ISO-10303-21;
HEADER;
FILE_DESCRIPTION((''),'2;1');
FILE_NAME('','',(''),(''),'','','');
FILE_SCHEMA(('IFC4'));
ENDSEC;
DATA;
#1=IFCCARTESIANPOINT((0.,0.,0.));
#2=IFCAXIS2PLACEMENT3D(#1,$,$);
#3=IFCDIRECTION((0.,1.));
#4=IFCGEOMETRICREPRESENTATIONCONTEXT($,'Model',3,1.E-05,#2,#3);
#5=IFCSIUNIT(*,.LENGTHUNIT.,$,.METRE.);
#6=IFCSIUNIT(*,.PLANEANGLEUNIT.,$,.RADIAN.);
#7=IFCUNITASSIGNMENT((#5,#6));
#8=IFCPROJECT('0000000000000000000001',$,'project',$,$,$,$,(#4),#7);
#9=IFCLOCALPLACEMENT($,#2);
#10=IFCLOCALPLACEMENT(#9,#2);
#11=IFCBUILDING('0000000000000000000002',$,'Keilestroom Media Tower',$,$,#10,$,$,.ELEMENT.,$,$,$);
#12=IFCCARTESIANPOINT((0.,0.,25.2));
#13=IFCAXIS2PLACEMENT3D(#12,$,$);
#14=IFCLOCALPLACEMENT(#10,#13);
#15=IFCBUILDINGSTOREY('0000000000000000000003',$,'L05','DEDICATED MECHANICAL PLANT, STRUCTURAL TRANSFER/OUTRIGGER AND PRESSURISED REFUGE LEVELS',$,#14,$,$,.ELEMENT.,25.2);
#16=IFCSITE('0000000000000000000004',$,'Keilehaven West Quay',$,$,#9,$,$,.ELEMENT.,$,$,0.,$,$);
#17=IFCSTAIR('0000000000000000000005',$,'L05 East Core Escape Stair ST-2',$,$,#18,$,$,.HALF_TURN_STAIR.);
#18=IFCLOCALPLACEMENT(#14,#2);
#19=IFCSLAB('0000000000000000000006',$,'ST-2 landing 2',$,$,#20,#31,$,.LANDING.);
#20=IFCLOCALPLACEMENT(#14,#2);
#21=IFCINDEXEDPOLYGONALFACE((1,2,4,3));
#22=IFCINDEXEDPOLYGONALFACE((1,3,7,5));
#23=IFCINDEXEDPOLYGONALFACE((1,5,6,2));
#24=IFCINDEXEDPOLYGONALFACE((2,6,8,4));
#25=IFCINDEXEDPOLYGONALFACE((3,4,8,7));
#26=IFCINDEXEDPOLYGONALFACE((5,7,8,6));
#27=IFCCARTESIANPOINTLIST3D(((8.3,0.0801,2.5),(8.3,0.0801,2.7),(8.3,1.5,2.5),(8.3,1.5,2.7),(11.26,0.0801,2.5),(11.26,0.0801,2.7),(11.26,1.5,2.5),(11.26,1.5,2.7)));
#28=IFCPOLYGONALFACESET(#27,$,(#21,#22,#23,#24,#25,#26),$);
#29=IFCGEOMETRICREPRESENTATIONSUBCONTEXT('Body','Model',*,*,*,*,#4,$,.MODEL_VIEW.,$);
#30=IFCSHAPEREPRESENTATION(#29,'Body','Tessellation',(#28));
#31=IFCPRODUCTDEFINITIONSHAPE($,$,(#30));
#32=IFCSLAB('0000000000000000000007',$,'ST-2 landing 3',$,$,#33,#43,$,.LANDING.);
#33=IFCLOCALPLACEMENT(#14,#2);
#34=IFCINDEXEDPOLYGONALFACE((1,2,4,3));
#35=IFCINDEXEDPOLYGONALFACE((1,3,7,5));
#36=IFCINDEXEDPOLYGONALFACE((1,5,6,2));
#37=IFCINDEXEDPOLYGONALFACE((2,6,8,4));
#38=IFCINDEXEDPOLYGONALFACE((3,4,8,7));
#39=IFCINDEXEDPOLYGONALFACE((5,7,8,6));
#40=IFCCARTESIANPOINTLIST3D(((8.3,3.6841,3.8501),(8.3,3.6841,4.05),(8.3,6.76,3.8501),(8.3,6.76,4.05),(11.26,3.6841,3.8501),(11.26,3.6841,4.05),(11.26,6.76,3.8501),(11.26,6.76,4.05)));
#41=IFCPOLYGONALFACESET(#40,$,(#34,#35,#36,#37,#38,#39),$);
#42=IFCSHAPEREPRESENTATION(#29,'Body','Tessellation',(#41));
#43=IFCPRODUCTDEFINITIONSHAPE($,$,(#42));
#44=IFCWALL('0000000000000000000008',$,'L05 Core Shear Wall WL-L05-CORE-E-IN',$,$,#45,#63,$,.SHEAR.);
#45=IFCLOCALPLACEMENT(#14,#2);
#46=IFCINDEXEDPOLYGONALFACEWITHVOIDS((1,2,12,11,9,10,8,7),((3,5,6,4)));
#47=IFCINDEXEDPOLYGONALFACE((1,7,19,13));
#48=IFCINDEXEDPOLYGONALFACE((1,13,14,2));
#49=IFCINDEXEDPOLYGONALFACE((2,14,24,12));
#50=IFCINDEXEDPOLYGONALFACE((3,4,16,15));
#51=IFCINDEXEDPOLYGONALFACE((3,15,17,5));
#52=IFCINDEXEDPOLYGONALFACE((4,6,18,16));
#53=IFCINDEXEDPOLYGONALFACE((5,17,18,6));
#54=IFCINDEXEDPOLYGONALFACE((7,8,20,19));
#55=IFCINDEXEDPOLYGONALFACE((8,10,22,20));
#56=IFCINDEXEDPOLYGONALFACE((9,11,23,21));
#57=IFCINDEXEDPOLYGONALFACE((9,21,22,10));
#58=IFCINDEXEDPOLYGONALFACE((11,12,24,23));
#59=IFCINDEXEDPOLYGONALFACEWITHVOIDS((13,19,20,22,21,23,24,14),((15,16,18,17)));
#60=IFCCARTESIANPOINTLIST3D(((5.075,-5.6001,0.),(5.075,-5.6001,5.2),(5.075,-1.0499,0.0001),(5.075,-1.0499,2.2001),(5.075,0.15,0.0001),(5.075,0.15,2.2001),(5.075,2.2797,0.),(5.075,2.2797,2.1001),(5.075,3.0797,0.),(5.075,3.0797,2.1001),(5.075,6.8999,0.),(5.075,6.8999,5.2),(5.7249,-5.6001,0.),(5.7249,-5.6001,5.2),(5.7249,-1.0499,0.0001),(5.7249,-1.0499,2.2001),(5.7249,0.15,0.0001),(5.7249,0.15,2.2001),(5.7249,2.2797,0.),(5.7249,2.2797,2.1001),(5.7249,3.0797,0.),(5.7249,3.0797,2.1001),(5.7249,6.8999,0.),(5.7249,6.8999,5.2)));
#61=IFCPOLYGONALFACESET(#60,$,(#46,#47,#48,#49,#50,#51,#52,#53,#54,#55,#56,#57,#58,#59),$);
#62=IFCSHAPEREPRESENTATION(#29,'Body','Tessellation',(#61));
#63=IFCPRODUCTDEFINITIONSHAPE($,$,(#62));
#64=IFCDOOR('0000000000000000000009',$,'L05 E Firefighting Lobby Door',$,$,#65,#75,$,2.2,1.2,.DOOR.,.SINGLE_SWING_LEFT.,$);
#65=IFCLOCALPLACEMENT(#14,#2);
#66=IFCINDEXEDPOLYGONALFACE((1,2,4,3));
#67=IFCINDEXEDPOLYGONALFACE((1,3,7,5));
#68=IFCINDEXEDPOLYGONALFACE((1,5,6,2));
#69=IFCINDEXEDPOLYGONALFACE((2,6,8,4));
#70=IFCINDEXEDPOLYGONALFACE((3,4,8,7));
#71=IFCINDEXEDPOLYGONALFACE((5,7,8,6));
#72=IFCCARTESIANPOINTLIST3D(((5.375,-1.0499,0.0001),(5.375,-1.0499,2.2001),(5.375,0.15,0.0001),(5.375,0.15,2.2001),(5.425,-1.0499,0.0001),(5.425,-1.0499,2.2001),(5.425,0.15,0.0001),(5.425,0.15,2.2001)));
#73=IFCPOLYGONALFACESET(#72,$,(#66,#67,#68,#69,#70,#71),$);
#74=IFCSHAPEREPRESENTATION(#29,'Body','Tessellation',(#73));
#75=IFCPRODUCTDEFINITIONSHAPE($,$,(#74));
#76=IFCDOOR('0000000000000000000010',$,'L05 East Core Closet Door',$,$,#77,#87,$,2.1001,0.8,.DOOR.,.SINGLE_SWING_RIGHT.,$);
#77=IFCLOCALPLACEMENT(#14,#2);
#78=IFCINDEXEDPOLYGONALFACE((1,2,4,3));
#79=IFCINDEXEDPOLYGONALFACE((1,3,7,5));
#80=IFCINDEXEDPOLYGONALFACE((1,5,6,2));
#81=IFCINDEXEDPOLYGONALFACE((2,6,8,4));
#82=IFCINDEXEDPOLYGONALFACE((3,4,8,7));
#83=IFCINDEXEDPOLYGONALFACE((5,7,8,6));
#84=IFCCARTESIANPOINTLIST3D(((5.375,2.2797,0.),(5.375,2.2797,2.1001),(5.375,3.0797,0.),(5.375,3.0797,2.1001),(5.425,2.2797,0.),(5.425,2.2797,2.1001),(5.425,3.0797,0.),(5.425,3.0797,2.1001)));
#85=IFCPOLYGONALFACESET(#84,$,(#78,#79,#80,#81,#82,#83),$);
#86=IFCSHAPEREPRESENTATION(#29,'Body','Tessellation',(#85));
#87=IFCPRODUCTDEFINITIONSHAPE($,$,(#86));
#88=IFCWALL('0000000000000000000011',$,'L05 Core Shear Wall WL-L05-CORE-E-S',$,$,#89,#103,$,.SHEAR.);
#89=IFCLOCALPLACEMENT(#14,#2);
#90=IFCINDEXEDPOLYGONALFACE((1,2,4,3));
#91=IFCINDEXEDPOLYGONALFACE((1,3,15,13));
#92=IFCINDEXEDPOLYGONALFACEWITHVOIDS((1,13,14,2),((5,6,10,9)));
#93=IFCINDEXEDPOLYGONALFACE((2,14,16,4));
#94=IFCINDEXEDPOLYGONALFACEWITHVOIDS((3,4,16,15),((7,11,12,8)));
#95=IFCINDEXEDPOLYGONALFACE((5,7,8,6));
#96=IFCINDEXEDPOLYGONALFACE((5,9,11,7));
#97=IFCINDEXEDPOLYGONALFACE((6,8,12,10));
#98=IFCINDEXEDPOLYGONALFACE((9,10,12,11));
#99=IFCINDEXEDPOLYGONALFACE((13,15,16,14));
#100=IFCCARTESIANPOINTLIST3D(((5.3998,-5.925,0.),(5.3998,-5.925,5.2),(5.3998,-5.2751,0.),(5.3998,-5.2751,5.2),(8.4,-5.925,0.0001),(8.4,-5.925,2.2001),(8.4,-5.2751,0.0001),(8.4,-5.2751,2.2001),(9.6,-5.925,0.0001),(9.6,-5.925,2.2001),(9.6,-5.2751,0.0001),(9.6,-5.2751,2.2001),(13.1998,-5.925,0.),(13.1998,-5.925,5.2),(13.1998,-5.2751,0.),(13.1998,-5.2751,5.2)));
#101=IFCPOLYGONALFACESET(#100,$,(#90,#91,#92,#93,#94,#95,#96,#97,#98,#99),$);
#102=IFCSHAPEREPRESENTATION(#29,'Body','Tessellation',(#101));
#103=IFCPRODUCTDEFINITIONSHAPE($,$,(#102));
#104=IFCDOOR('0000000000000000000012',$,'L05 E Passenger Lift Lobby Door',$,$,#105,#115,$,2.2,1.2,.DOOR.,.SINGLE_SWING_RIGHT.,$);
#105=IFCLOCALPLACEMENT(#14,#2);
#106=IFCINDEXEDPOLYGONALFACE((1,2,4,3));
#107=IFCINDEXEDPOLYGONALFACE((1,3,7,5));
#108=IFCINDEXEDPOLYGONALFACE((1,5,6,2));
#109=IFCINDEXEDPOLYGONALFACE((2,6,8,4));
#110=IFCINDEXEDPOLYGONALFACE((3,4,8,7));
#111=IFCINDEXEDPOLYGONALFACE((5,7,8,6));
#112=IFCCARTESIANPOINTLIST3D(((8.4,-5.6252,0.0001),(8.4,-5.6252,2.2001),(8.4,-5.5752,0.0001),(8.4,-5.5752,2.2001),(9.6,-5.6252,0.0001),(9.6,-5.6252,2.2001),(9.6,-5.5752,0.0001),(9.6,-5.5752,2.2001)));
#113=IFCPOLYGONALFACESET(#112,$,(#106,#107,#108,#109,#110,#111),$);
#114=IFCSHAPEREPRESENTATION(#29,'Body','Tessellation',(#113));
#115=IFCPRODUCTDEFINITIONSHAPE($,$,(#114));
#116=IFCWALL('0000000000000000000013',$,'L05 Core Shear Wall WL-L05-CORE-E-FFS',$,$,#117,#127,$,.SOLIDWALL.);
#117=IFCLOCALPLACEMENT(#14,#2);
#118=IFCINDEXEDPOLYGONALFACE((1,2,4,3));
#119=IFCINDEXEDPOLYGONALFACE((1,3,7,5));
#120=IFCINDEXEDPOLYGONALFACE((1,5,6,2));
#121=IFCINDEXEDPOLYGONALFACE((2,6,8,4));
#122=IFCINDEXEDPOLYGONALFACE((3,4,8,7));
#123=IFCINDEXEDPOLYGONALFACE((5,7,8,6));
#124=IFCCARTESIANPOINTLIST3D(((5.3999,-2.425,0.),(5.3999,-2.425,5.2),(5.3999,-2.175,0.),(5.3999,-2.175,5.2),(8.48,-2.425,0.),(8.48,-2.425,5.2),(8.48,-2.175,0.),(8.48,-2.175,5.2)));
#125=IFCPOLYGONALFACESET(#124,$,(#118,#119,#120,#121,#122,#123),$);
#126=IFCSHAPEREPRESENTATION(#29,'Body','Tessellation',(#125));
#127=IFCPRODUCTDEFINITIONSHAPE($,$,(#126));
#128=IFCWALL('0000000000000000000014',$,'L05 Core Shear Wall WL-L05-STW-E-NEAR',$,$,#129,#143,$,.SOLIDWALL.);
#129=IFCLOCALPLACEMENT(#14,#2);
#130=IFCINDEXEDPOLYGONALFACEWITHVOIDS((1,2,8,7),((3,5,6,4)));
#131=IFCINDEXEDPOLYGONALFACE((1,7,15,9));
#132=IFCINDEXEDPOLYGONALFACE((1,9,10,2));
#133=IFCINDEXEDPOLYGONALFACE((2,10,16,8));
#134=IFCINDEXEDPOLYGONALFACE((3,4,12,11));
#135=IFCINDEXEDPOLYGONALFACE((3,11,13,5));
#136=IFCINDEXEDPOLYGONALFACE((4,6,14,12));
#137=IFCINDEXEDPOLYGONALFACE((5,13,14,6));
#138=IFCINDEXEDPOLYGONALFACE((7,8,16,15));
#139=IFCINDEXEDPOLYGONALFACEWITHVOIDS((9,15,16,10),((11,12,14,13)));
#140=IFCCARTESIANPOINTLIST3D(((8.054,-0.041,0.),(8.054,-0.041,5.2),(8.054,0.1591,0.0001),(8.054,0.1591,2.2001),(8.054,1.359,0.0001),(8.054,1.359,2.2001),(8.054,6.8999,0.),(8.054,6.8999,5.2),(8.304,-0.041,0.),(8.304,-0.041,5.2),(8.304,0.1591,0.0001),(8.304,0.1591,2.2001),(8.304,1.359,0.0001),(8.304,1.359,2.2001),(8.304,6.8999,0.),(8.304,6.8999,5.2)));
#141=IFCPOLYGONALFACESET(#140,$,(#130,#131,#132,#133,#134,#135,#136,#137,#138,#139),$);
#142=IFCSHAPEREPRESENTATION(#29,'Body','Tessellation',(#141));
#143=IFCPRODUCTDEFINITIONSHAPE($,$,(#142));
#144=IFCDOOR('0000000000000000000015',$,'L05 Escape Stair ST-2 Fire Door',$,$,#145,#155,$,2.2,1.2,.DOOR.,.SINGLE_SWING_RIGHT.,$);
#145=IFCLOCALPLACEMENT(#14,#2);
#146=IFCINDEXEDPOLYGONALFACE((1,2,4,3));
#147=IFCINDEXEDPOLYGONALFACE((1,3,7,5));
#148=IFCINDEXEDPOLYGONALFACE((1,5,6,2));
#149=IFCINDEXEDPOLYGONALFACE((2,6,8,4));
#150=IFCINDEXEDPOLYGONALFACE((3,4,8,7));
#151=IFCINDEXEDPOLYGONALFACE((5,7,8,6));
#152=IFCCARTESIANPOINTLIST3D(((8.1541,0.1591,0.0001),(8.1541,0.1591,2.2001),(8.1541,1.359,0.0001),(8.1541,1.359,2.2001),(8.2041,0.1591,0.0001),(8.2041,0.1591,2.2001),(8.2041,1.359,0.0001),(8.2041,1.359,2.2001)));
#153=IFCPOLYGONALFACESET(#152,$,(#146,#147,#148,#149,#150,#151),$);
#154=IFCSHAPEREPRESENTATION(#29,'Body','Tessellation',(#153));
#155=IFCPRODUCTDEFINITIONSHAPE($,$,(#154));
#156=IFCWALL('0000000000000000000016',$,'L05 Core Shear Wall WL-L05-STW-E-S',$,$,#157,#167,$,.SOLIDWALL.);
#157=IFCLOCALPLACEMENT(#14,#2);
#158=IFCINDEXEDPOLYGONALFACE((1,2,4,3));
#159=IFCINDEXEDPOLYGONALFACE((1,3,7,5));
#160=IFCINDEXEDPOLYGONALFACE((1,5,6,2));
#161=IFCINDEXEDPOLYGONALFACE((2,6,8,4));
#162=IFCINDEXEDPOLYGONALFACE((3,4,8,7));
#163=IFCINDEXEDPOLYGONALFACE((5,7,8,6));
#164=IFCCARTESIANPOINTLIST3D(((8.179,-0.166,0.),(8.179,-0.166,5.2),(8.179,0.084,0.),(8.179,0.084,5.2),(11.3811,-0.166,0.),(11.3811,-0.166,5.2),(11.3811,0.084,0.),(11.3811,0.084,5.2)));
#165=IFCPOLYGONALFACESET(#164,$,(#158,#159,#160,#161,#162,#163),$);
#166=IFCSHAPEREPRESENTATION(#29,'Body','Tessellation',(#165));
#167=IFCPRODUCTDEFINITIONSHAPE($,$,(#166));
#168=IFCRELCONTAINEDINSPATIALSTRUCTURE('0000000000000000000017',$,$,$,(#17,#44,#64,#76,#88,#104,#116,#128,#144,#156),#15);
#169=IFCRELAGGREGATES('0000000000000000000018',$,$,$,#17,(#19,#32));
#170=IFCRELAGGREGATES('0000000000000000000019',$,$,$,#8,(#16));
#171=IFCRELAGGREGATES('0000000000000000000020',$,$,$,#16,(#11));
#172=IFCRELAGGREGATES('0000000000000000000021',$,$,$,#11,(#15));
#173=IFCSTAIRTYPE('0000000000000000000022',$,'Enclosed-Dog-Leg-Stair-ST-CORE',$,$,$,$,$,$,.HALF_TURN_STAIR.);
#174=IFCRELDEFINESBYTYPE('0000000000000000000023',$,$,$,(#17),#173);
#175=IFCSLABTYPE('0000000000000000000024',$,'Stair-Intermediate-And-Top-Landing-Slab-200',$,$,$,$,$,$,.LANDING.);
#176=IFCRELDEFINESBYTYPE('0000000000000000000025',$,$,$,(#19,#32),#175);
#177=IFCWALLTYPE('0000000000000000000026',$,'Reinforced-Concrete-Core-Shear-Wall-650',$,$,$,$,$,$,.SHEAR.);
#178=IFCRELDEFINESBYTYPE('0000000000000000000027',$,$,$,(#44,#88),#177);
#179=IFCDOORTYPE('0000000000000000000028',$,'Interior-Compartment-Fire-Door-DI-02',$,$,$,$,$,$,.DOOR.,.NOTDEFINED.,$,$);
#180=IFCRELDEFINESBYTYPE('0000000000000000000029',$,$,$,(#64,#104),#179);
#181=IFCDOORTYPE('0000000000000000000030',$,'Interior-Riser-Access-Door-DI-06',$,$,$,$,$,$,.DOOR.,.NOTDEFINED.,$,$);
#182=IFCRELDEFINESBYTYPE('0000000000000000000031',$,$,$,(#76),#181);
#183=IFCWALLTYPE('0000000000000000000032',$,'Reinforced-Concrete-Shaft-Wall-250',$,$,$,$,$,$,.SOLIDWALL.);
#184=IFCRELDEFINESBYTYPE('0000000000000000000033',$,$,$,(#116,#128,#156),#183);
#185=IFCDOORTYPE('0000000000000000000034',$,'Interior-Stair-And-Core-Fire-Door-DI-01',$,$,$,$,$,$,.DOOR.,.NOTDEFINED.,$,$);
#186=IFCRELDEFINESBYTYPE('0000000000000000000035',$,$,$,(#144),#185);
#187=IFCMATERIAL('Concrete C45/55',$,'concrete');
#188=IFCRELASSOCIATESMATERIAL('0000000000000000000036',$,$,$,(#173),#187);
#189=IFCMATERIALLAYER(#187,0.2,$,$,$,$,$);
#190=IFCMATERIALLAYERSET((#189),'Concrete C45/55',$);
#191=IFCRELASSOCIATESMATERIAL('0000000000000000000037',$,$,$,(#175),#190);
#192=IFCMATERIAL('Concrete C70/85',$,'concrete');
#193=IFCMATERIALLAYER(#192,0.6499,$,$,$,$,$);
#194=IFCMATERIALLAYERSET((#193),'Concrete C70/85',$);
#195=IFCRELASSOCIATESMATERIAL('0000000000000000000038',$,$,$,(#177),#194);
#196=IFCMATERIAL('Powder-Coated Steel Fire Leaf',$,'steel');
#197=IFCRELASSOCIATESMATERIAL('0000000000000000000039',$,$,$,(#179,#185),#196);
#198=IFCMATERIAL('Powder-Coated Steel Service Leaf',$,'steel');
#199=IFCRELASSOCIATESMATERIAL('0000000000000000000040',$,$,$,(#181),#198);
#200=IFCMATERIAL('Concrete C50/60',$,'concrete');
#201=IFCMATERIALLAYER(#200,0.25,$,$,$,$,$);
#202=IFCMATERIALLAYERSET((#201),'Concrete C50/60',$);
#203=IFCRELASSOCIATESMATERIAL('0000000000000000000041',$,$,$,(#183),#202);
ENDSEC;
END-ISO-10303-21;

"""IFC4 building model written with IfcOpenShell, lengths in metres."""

from ifc_helpers import new_model, si_unit, direction, frame, frame_2d, origin, place, context, subcontext, project, spatial, polyline, rectangle, outline, extrude, source, transform, mapped, material, layer, layer_set, type_object, element, fill, aggregate, save


model = new_model("IFC4")

# Units and contexts
model_context = context("Model", 3, precision=1e-05, world=origin(), true_north=direction((0.0, 1.0)))
body_context = subcontext(model_context, "Body", "Model", "MODEL_VIEW")
ifc_project = project(units=[si_unit("LENGTHUNIT", "METRE"), si_unit("PLANEANGLEUNIT", "RADIAN")], contexts=[model_context])

# Site, building, storey
site_placement = place(None, origin())
site = spatial("IfcSite", under=ifc_project, at=site_placement, Name="Keilehaven West Quay", CompositionType="ELEMENT", RefElevation=0.0)
building_placement = place(site_placement, origin())
building = spatial("IfcBuilding", under=site, at=building_placement, Name="Keilestroom Media Tower", CompositionType="ELEMENT")
storey_placement = place(building_placement, frame((0.0, 0.0, 25.2)))
storey = spatial("IfcBuildingStorey", under=building, at=storey_placement, Name="L05", Description="DEDICATED MECHANICAL PLANT, STRUCTURAL TRANSFER/OUTRIGGER AND PRESSURISED REFUGE LEVELS", CompositionType="ELEMENT", Elevation=25.2)

# Shared definitions
ifc_material_1 = material(Name="Concrete C70/85", Category="concrete")

# Stair, slabs
ifc_material_2 = material(Name="Concrete C45/55", Category="concrete")
stair_type = type_object("IfcStairType", Name="Enclosed-Dog-Leg-Stair-ST-CORE", PredefinedType="HALF_TURN_STAIR", material=ifc_material_2)
ifc_layer_1 = layer(ifc_material_2, 0.2)
ifc_layer_set_1 = layer_set([ifc_layer_1], Name="Concrete C45/55")
slab_type = type_object("IfcSlabType", Name="Stair-Intermediate-And-Top-Landing-Slab-200", PredefinedType="LANDING", material=ifc_layer_set_1)
stair_1_placement = place(storey_placement, origin())
stair_1 = element("IfcStair", 1, at=stair_1_placement, inside=storey, type_object=stair_type, Name="L05 East Core Escape Stair ST-2", PredefinedType="HALF_TURN_STAIR")
slab_1_placement = place(storey_placement, frame((0.0, 0.0, 2.5)))
slab_1 = element("IfcSlab", 2, at=slab_1_placement, type_object=slab_type, Name="ST-2 landing 2", PredefinedType="LANDING", context=body_context, shape_type="SweptSolid", body=[
    extrude(outline(polyline([(11.26, 0.0801), (11.26, 1.5), (8.3, 1.5), (8.3, 0.0801), (11.26, 0.0801)])), origin(), (0.0, 0.0, 1.0), 0.2),
])
slab_2_placement = place(storey_placement, frame((0.0, 0.0, 3.8501)))
slab_2 = element("IfcSlab", 3, at=slab_2_placement, type_object=slab_type, Name="ST-2 landing 3", PredefinedType="LANDING", context=body_context, shape_type="SweptSolid", body=[
    extrude(outline(polyline([(11.26, 3.6841), (11.26, 6.76), (8.3, 6.76), (8.3, 3.6841), (11.26, 3.6841)])), origin(), (0.0, 0.0, 1.0), 0.2),
])
aggregate(stair_1, [slab_1, slab_2])

# Wall, openings, doors
ifc_layer_2 = layer(ifc_material_1, 0.6499)
ifc_layer_set_2 = layer_set([ifc_layer_2], Name="Concrete C70/85")
wall_type_1 = type_object("IfcWallType", Name="Reinforced-Concrete-Core-Shear-Wall-650", PredefinedType="SHEAR", material=ifc_layer_set_2)
wall_1_placement = place(storey_placement, frame((5.3999, -5.6001, 0.0), z_axis=(0.0, 0.0, 1.0), x_axis=(0.0, 1.0, 0.0)))
wall_1 = element("IfcWall", 4, at=wall_1_placement, inside=storey, type_object=wall_type_1, Name="L05 Core Shear Wall WL-L05-CORE-E-IN", PredefinedType="SHEAR", context=body_context, shape_type="SweptSolid", body=[
    extrude(rectangle(XDim=12.5, YDim=0.6499, at=frame_2d((6.25, 0.0))), origin(), (0.0, 0.0, 1.0), 5.2),
])
opening_1_placement = place(wall_1_placement, frame((4.55, 0.0, 0.0)))
opening_1 = element("IfcOpeningElement", 5, at=opening_1_placement, cuts=wall_1, PredefinedType="OPENING", context=body_context, shape_type="SweptSolid", body=[
    extrude(rectangle(XDim=1.2, YDim=2.2, at=frame_2d((0.6001, 1.1001))), frame((0.0, 0.335, 0.0), z_axis=(0.0, -1.0, 0.0), x_axis=(1.0, 0.0, 0.0)), (0.0, 0.0, 1.0), 0.6699),
])
opening_2_placement = place(wall_1_placement, frame((7.8799, 0.0, 0.0)))
opening_2 = element("IfcOpeningElement", 6, at=opening_2_placement, cuts=wall_1, PredefinedType="OPENING", context=body_context, shape_type="SweptSolid", body=[
    extrude(rectangle(XDim=0.8, YDim=2.1001, at=frame_2d((0.3999, 1.05))), frame((0.0, 0.335, 0.0), z_axis=(0.0, -1.0, 0.0), x_axis=(1.0, 0.0, 0.0)), (0.0, 0.0, 1.0), 0.6699),
])
ifc_material_3 = material(Name="Powder-Coated Steel Fire Leaf", Category="steel")
door_type_1 = type_object("IfcDoorType", Name="Interior-Compartment-Fire-Door-DI-02", OperationType="NOTDEFINED", PredefinedType="DOOR", material=ifc_material_3)
shared_shape_1 = source(origin(), body_context, "Body", "SweptSolid", [
    extrude(rectangle(XDim=1.2, YDim=2.2, at=frame_2d((0.6001, 1.1001))), frame((0.0, 0.0249, 0.0), z_axis=(0.0, -1.0, 0.0), x_axis=(1.0, 0.0, 0.0)), (0.0, 0.0, 1.0), 0.05),
])
door_1_placement = place(opening_1_placement, origin())
door_1 = element("IfcDoor", 7, at=door_1_placement, inside=storey, type_object=door_type_1, Name="L05 E Firefighting Lobby Door", OperationType="SINGLE_SWING_LEFT", OverallHeight=2.2, OverallWidth=1.2, PredefinedType="DOOR", context=body_context, shape_type="MappedRepresentation", body=[
    mapped(shared_shape_1, transform((0.0, 0.0, 0.0), x_axis=(1.0, 0.0, 0.0), y_axis=(0.0, 1.0, 0.0), z_axis=(0.0, 0.0, 1.0), scale=1.0)),
])
fill(opening_1, door_1)
ifc_material_4 = material(Name="Powder-Coated Steel Service Leaf", Category="steel")
door_type_2 = type_object("IfcDoorType", Name="Interior-Riser-Access-Door-DI-06", OperationType="NOTDEFINED", PredefinedType="DOOR", material=ifc_material_4)
shared_shape_2 = source(origin(), body_context, "Body", "SweptSolid", [
    extrude(rectangle(XDim=0.8, YDim=2.1001, at=frame_2d((0.3999, 1.05))), frame((0.0, 0.0249, 0.0), z_axis=(0.0, -1.0, 0.0), x_axis=(1.0, 0.0, 0.0)), (0.0, 0.0, 1.0), 0.05),
])
door_2_placement = place(opening_2_placement, origin())
door_2 = element("IfcDoor", 8, at=door_2_placement, inside=storey, type_object=door_type_2, Name="L05 East Core Closet Door", OperationType="SINGLE_SWING_RIGHT", OverallHeight=2.1001, OverallWidth=0.8, PredefinedType="DOOR", context=body_context, shape_type="MappedRepresentation", body=[
    mapped(shared_shape_2, transform((0.0, 0.0, 0.0), x_axis=(1.0, 0.0, 0.0), y_axis=(0.0, 1.0, 0.0), z_axis=(0.0, 0.0, 1.0), scale=1.0)),
])
fill(opening_2, door_2)

# Wall, opening, door
wall_2_placement = place(storey_placement, frame((5.3999, -5.6001, 0.0), z_axis=(0.0, 0.0, 1.0), x_axis=(1.0, 0.0, 0.0)))
wall_2 = element("IfcWall", 9, at=wall_2_placement, inside=storey, type_object=wall_type_1, Name="L05 Core Shear Wall WL-L05-CORE-E-S", PredefinedType="SHEAR", context=body_context, shape_type="SweptSolid", body=[
    extrude(rectangle(XDim=7.8, YDim=0.6499, at=frame_2d((3.8999, 0.0))), origin(), (0.0, 0.0, 1.0), 5.2),
])
opening_3_placement = place(wall_2_placement, frame((3.0, 0.0, 0.0)))
opening_3 = element("IfcOpeningElement", 10, at=opening_3_placement, cuts=wall_2, PredefinedType="OPENING", context=body_context, shape_type="SweptSolid", body=[
    extrude(rectangle(XDim=1.2, YDim=2.2, at=frame_2d((0.6001, 1.1001))), frame((0.0, 0.335, 0.0), z_axis=(0.0, -1.0, 0.0), x_axis=(1.0, 0.0, 0.0)), (0.0, 0.0, 1.0), 0.6699),
])
door_3_placement = place(opening_3_placement, origin())
door_3 = element("IfcDoor", 11, at=door_3_placement, inside=storey, type_object=door_type_1, Name="L05 E Passenger Lift Lobby Door", OperationType="SINGLE_SWING_RIGHT", OverallHeight=2.2, OverallWidth=1.2, PredefinedType="DOOR", context=body_context, shape_type="MappedRepresentation", body=[
    mapped(shared_shape_1, transform((0.0, 0.0, 0.0), x_axis=(1.0, 0.0, 0.0), y_axis=(0.0, 1.0, 0.0), z_axis=(0.0, 0.0, 1.0), scale=1.0)),
])
fill(opening_3, door_3)

# Wall
ifc_material_5 = material(Name="Concrete C50/60", Category="concrete")
ifc_layer_3 = layer(ifc_material_5, 0.25)
ifc_layer_set_3 = layer_set([ifc_layer_3], Name="Concrete C50/60")
wall_type_2 = type_object("IfcWallType", Name="Reinforced-Concrete-Shaft-Wall-250", PredefinedType="SOLIDWALL", material=ifc_layer_set_3)
wall_3_placement = place(storey_placement, frame((5.3999, -2.3, 0.0), z_axis=(0.0, 0.0, 1.0), x_axis=(1.0, 0.0, 0.0)))
element("IfcWall", 12, at=wall_3_placement, inside=storey, type_object=wall_type_2, Name="L05 Core Shear Wall WL-L05-CORE-E-FFS", PredefinedType="SOLIDWALL", context=body_context, shape_type="SweptSolid", body=[
    extrude(rectangle(XDim=3.0801, YDim=0.25, at=frame_2d((1.54, 0.0))), origin(), (0.0, 0.0, 1.0), 5.2),
])

# Wall, opening, door
wall_4_placement = place(storey_placement, frame((8.179, -0.041, 0.0), z_axis=(0.0, 0.0, 1.0), x_axis=(0.0, 1.0, 0.0)))
wall_4 = element("IfcWall", 13, at=wall_4_placement, inside=storey, type_object=wall_type_2, Name="L05 Core Shear Wall WL-L05-STW-E-NEAR", PredefinedType="SOLIDWALL", context=body_context, shape_type="SweptSolid", body=[
    extrude(rectangle(XDim=6.9409, YDim=0.25, at=frame_2d((3.4705, 0.0))), origin(), (0.0, 0.0, 1.0), 5.2),
])
opening_4_placement = place(wall_4_placement, frame((0.2, 0.0, 0.0)))
opening_4 = element("IfcOpeningElement", 14, at=opening_4_placement, cuts=wall_4, PredefinedType="OPENING", context=body_context, shape_type="SweptSolid", body=[
    extrude(rectangle(XDim=1.2, YDim=2.2, at=frame_2d((0.6001, 1.1001))), frame((0.0, 0.135, 0.0), z_axis=(0.0, -1.0, 0.0), x_axis=(1.0, 0.0, 0.0)), (0.0, 0.0, 1.0), 0.27),
])
door_type_3 = type_object("IfcDoorType", Name="Interior-Stair-And-Core-Fire-Door-DI-01", OperationType="NOTDEFINED", PredefinedType="DOOR", material=ifc_material_3)
door_4_placement = place(opening_4_placement, origin())
door_4 = element("IfcDoor", 15, at=door_4_placement, inside=storey, type_object=door_type_3, Name="L05 Escape Stair ST-2 Fire Door", OperationType="SINGLE_SWING_RIGHT", OverallHeight=2.2, OverallWidth=1.2, PredefinedType="DOOR", context=body_context, shape_type="MappedRepresentation", body=[
    mapped(shared_shape_1, transform((0.0, 0.0, 0.0), x_axis=(1.0, 0.0, 0.0), y_axis=(0.0, 1.0, 0.0), z_axis=(0.0, 0.0, 1.0), scale=1.0)),
])
fill(opening_4, door_4)

# Wall
wall_5_placement = place(storey_placement, frame((8.179, -0.041, 0.0), z_axis=(0.0, 0.0, 1.0), x_axis=(1.0, 0.0, 0.0)))
element("IfcWall", 16, at=wall_5_placement, inside=storey, type_object=wall_type_2, Name="L05 Core Shear Wall WL-L05-STW-E-S", PredefinedType="SOLIDWALL", context=body_context, shape_type="SweptSolid", body=[
    extrude(rectangle(XDim=3.2021, YDim=0.25, at=frame_2d((1.6011, 0.0))), origin(), (0.0, 0.0, 1.0), 5.2),
])

save(model, "model.ifc")
